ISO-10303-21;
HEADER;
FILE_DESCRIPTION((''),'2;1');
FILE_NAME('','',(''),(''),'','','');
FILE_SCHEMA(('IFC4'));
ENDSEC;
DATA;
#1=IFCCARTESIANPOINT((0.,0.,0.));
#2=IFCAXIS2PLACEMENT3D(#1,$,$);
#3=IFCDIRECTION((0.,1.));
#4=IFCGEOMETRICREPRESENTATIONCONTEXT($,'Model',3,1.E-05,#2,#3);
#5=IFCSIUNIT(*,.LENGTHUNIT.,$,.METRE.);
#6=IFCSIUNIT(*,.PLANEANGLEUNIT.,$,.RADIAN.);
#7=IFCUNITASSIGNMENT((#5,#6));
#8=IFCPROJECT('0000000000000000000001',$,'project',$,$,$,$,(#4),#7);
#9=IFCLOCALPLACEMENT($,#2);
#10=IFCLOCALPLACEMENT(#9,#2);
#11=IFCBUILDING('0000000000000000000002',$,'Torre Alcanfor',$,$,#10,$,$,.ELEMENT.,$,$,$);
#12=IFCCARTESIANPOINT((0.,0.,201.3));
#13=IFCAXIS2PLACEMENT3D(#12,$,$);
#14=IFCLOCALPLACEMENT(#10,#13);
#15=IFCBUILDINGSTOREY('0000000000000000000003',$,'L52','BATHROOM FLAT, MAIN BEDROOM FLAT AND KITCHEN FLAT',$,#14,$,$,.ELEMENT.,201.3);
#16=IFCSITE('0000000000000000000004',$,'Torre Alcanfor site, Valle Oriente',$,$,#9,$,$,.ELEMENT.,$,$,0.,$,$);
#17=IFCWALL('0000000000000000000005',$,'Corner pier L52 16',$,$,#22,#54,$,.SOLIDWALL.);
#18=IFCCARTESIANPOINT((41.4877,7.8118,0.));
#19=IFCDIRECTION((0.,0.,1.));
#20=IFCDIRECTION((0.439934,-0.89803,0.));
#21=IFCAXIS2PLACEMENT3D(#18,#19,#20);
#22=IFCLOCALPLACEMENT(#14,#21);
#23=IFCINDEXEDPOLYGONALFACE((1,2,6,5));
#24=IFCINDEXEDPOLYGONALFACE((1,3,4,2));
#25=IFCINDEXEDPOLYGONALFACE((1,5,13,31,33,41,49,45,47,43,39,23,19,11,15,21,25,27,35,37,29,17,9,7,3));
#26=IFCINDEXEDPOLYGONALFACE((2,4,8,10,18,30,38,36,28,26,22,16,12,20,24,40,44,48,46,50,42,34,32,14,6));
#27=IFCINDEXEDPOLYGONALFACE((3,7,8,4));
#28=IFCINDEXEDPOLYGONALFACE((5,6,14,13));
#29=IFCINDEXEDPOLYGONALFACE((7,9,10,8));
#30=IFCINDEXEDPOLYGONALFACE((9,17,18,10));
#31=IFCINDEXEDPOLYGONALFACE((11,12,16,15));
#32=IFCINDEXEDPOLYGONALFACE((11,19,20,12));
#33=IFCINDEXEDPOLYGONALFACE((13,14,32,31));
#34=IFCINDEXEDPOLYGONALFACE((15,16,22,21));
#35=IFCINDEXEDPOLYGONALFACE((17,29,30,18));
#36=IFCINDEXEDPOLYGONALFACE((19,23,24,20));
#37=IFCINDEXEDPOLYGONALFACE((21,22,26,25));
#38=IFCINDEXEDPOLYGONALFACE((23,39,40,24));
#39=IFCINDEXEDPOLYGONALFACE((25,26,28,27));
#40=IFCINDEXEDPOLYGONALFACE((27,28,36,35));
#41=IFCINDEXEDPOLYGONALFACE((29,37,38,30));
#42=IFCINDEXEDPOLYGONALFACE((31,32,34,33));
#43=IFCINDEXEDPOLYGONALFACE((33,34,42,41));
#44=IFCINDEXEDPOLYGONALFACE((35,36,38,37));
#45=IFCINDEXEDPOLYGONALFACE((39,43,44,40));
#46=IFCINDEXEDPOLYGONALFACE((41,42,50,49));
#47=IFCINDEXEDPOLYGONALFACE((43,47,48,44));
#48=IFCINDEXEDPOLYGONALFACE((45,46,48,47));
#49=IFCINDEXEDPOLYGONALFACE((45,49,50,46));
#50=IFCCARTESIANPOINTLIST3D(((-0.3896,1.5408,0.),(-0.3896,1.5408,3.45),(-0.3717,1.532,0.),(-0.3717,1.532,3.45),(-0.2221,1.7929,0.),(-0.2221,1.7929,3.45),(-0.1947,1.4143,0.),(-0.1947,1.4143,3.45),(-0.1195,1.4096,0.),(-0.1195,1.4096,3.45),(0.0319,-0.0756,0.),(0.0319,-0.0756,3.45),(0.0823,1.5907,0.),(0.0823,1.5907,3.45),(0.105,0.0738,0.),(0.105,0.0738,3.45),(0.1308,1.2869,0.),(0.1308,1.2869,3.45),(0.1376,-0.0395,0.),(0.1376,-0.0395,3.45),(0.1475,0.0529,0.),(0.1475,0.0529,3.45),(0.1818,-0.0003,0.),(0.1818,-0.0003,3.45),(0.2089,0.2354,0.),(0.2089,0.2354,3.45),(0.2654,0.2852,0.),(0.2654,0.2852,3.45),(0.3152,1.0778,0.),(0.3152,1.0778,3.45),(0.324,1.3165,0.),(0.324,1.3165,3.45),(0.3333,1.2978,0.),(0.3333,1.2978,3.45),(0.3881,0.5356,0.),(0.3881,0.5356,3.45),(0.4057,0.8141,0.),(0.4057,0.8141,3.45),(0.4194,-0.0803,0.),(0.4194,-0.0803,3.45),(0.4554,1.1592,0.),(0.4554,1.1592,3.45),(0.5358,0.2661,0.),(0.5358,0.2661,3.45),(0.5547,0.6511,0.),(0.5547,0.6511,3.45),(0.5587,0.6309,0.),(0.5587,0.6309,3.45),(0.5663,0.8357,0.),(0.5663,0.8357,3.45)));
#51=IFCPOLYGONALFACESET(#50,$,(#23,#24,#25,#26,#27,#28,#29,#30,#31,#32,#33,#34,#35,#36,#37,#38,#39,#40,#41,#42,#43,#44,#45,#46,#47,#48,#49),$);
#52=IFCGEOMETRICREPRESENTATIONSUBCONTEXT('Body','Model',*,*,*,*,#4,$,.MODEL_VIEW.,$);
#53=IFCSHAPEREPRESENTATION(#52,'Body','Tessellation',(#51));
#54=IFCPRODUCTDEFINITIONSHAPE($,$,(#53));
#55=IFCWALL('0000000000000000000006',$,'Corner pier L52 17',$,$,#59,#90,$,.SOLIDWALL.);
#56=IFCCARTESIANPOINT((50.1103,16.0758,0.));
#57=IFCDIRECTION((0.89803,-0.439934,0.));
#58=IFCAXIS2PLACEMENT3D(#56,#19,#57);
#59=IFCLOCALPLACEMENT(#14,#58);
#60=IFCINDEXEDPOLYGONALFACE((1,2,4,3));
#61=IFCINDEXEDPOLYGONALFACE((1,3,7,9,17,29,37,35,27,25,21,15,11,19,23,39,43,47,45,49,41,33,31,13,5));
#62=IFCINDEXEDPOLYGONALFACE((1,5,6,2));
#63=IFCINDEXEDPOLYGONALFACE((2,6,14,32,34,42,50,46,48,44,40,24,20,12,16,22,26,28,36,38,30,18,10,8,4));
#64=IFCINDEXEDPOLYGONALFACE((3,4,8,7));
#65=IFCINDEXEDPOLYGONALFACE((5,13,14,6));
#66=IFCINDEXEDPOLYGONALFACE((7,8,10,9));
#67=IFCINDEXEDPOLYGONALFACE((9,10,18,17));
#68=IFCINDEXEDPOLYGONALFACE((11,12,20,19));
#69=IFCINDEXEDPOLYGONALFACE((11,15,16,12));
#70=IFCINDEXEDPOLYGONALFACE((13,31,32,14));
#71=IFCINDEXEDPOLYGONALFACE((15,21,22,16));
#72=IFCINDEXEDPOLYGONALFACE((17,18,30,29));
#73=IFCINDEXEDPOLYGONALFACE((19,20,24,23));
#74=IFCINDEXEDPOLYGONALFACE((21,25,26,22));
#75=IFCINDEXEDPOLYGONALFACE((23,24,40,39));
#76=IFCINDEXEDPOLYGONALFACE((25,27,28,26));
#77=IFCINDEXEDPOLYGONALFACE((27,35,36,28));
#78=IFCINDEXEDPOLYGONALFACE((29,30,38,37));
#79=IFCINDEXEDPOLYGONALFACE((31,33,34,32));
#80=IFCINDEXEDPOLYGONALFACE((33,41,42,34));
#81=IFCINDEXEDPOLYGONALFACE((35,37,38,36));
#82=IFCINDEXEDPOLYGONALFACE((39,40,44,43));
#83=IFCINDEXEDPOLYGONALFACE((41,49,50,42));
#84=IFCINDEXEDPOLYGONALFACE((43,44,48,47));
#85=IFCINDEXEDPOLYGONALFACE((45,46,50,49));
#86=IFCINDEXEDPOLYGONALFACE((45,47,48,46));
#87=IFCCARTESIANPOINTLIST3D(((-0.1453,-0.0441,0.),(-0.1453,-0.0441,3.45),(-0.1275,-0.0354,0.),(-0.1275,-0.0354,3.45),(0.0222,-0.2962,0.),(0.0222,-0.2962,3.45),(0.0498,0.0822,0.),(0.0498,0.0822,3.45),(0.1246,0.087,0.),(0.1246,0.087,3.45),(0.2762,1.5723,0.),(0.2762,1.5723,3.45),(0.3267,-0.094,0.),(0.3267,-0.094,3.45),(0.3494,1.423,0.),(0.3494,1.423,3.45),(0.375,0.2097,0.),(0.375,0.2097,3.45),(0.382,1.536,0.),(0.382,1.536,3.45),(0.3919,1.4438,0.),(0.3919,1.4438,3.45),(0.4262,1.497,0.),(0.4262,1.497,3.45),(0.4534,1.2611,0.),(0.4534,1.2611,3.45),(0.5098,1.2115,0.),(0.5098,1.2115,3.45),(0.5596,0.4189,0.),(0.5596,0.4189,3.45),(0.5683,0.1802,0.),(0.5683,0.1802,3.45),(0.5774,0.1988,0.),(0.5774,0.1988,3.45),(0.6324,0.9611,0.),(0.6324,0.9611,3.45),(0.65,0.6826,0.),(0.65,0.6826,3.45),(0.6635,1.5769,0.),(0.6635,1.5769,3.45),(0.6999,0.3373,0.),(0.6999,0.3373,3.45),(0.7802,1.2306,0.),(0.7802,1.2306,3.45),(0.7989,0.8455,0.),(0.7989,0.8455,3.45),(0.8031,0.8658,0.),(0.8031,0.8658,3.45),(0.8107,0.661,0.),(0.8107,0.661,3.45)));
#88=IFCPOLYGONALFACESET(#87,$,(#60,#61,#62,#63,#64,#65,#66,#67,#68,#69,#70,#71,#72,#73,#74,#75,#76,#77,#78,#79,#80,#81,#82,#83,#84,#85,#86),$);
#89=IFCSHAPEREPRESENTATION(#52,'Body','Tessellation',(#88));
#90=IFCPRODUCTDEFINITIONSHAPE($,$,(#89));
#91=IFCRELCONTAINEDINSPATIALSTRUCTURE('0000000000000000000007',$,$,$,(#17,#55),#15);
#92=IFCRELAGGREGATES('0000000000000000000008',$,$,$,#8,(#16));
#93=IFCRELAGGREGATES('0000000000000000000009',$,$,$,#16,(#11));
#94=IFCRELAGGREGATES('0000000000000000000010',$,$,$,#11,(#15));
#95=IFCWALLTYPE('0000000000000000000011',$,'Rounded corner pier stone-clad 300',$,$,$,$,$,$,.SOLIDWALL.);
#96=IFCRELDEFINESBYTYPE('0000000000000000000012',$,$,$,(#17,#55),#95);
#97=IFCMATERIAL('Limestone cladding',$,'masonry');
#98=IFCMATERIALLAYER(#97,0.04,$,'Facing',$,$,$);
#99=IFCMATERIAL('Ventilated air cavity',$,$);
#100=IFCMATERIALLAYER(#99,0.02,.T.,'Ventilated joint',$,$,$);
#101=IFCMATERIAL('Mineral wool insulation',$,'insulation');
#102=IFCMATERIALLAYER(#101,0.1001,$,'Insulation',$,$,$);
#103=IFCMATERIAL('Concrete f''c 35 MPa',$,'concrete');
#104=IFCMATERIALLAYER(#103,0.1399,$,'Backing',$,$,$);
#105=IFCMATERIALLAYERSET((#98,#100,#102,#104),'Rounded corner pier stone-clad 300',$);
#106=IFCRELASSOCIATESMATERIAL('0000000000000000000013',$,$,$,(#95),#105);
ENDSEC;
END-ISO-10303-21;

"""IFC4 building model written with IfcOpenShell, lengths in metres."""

from ifc_helpers import new_model, si_unit, direction, frame, origin, place, context, subcontext, project, spatial, polyline, outline, extrude, material, layer, layer_set, type_object, element, save


model = new_model("IFC4")

# Units and contexts
model_context = context("Model", 3, precision=1e-05, world=origin(), true_north=direction((0.0, 1.0)))
body_context = subcontext(model_context, "Body", "Model", "MODEL_VIEW")
ifc_project = project(units=[si_unit("LENGTHUNIT", "METRE"), si_unit("PLANEANGLEUNIT", "RADIAN")], contexts=[model_context])

# Site, building, storey
site_placement = place(None, origin())
site = spatial("IfcSite", under=ifc_project, at=site_placement, Name="Torre Alcanfor site, Valle Oriente", CompositionType="ELEMENT", RefElevation=0.0)
building_placement = place(site_placement, origin())
building = spatial("IfcBuilding", under=site, at=building_placement, Name="Torre Alcanfor", CompositionType="ELEMENT")
storey_placement = place(building_placement, frame((0.0, 0.0, 201.3)))
storey = spatial("IfcBuildingStorey", under=building, at=storey_placement, Name="L52", Description="BATHROOM FLAT, MAIN BEDROOM FLAT AND KITCHEN FLAT", CompositionType="ELEMENT", Elevation=201.3)

# Shared definitions
ifc_material_1 = material(Name="Limestone cladding", Category="masonry")
ifc_material_2 = material(Name="Ventilated air cavity")
ifc_material_3 = material(Name="Mineral wool insulation", Category="insulation")
ifc_material_4 = material(Name="Concrete f'c 35 MPa", Category="concrete")

# Walls
ifc_layer_1 = layer(ifc_material_1, 0.04, Name="Facing")
ifc_layer_2 = layer(ifc_material_2, 0.02, ventilated=True, Name="Ventilated joint")
ifc_layer_3 = layer(ifc_material_3, 0.1001, Name="Insulation")
ifc_layer_4 = layer(ifc_material_4, 0.1399, Name="Backing")
ifc_layer_set_1 = layer_set([ifc_layer_1, ifc_layer_2, ifc_layer_3, ifc_layer_4], Name="Rounded corner pier stone-clad 300")
wall_type_1 = type_object("IfcWallType", Name="Rounded corner pier stone-clad 300", PredefinedType="SOLIDWALL", material=ifc_layer_set_1)
wall_1_placement = place(storey_placement, frame((41.4877, 7.8118, 0.0), z_axis=(0.0, 0.0, 1.0), x_axis=(0.439934, -0.89803, 0.0)))
element("IfcWall", 1, at=wall_1_placement, inside=storey, type_object=wall_type_1, Name="Corner pier L52 16", PredefinedType="SOLIDWALL", context=body_context, shape_type="SweptSolid", body=[
    extrude(outline(polyline([(-0.2221, 1.7929), (-0.3896, 1.5408), (-0.3717, 1.532), (-0.1947, 1.4143), (-0.1195, 1.4096), (0.1308, 1.2869), (0.3152, 1.0778), (0.4057, 0.8141), (0.3881, 0.5356), (0.2654, 0.2852), (0.2089, 0.2354), (0.1475, 0.0529), (0.105, 0.0738), (0.0319, -0.0756), (0.1376, -0.0395), (0.1818, -0.0003), (0.4194, -0.0803), (0.5358, 0.2661), (0.5587, 0.6309), (0.5547, 0.6511), (0.5663, 0.8357), (0.4554, 1.1592), (0.3333, 1.2978), (0.324, 1.3165), (0.0823, 1.5907), (-0.2221, 1.7929)])), origin(), (0.0, 0.0, 1.0), 3.45),
])
wall_2_placement = place(storey_placement, frame((50.1103, 16.0758, 0.0), z_axis=(0.0, 0.0, 1.0), x_axis=(0.89803, -0.439934, 0.0)))
element("IfcWall", 2, at=wall_2_placement, inside=storey, type_object=wall_type_1, Name="Corner pier L52 17", PredefinedType="SOLIDWALL", context=body_context, shape_type="SweptSolid", body=[
    extrude(outline(polyline([(0.6635, 1.5769), (0.4262, 1.497), (0.382, 1.536), (0.2762, 1.5723), (0.3494, 1.423), (0.3919, 1.4438), (0.4534, 1.2611), (0.5098, 1.2115), (0.6324, 0.9611), (0.65, 0.6826), (0.5596, 0.4189), (0.375, 0.2097), (0.1246, 0.087), (0.0498, 0.0822), (-0.1275, -0.0354), (-0.1453, -0.0441), (0.0222, -0.2962), (0.3267, -0.094), (0.5683, 0.1802), (0.5774, 0.1988), (0.6999, 0.3373), (0.8107, 0.661), (0.7989, 0.8455), (0.8031, 0.8658), (0.7802, 1.2306), (0.6635, 1.5769)])), origin(), (0.0, 0.0, 1.0), 3.45),
])

save(model, "model.ifc")
